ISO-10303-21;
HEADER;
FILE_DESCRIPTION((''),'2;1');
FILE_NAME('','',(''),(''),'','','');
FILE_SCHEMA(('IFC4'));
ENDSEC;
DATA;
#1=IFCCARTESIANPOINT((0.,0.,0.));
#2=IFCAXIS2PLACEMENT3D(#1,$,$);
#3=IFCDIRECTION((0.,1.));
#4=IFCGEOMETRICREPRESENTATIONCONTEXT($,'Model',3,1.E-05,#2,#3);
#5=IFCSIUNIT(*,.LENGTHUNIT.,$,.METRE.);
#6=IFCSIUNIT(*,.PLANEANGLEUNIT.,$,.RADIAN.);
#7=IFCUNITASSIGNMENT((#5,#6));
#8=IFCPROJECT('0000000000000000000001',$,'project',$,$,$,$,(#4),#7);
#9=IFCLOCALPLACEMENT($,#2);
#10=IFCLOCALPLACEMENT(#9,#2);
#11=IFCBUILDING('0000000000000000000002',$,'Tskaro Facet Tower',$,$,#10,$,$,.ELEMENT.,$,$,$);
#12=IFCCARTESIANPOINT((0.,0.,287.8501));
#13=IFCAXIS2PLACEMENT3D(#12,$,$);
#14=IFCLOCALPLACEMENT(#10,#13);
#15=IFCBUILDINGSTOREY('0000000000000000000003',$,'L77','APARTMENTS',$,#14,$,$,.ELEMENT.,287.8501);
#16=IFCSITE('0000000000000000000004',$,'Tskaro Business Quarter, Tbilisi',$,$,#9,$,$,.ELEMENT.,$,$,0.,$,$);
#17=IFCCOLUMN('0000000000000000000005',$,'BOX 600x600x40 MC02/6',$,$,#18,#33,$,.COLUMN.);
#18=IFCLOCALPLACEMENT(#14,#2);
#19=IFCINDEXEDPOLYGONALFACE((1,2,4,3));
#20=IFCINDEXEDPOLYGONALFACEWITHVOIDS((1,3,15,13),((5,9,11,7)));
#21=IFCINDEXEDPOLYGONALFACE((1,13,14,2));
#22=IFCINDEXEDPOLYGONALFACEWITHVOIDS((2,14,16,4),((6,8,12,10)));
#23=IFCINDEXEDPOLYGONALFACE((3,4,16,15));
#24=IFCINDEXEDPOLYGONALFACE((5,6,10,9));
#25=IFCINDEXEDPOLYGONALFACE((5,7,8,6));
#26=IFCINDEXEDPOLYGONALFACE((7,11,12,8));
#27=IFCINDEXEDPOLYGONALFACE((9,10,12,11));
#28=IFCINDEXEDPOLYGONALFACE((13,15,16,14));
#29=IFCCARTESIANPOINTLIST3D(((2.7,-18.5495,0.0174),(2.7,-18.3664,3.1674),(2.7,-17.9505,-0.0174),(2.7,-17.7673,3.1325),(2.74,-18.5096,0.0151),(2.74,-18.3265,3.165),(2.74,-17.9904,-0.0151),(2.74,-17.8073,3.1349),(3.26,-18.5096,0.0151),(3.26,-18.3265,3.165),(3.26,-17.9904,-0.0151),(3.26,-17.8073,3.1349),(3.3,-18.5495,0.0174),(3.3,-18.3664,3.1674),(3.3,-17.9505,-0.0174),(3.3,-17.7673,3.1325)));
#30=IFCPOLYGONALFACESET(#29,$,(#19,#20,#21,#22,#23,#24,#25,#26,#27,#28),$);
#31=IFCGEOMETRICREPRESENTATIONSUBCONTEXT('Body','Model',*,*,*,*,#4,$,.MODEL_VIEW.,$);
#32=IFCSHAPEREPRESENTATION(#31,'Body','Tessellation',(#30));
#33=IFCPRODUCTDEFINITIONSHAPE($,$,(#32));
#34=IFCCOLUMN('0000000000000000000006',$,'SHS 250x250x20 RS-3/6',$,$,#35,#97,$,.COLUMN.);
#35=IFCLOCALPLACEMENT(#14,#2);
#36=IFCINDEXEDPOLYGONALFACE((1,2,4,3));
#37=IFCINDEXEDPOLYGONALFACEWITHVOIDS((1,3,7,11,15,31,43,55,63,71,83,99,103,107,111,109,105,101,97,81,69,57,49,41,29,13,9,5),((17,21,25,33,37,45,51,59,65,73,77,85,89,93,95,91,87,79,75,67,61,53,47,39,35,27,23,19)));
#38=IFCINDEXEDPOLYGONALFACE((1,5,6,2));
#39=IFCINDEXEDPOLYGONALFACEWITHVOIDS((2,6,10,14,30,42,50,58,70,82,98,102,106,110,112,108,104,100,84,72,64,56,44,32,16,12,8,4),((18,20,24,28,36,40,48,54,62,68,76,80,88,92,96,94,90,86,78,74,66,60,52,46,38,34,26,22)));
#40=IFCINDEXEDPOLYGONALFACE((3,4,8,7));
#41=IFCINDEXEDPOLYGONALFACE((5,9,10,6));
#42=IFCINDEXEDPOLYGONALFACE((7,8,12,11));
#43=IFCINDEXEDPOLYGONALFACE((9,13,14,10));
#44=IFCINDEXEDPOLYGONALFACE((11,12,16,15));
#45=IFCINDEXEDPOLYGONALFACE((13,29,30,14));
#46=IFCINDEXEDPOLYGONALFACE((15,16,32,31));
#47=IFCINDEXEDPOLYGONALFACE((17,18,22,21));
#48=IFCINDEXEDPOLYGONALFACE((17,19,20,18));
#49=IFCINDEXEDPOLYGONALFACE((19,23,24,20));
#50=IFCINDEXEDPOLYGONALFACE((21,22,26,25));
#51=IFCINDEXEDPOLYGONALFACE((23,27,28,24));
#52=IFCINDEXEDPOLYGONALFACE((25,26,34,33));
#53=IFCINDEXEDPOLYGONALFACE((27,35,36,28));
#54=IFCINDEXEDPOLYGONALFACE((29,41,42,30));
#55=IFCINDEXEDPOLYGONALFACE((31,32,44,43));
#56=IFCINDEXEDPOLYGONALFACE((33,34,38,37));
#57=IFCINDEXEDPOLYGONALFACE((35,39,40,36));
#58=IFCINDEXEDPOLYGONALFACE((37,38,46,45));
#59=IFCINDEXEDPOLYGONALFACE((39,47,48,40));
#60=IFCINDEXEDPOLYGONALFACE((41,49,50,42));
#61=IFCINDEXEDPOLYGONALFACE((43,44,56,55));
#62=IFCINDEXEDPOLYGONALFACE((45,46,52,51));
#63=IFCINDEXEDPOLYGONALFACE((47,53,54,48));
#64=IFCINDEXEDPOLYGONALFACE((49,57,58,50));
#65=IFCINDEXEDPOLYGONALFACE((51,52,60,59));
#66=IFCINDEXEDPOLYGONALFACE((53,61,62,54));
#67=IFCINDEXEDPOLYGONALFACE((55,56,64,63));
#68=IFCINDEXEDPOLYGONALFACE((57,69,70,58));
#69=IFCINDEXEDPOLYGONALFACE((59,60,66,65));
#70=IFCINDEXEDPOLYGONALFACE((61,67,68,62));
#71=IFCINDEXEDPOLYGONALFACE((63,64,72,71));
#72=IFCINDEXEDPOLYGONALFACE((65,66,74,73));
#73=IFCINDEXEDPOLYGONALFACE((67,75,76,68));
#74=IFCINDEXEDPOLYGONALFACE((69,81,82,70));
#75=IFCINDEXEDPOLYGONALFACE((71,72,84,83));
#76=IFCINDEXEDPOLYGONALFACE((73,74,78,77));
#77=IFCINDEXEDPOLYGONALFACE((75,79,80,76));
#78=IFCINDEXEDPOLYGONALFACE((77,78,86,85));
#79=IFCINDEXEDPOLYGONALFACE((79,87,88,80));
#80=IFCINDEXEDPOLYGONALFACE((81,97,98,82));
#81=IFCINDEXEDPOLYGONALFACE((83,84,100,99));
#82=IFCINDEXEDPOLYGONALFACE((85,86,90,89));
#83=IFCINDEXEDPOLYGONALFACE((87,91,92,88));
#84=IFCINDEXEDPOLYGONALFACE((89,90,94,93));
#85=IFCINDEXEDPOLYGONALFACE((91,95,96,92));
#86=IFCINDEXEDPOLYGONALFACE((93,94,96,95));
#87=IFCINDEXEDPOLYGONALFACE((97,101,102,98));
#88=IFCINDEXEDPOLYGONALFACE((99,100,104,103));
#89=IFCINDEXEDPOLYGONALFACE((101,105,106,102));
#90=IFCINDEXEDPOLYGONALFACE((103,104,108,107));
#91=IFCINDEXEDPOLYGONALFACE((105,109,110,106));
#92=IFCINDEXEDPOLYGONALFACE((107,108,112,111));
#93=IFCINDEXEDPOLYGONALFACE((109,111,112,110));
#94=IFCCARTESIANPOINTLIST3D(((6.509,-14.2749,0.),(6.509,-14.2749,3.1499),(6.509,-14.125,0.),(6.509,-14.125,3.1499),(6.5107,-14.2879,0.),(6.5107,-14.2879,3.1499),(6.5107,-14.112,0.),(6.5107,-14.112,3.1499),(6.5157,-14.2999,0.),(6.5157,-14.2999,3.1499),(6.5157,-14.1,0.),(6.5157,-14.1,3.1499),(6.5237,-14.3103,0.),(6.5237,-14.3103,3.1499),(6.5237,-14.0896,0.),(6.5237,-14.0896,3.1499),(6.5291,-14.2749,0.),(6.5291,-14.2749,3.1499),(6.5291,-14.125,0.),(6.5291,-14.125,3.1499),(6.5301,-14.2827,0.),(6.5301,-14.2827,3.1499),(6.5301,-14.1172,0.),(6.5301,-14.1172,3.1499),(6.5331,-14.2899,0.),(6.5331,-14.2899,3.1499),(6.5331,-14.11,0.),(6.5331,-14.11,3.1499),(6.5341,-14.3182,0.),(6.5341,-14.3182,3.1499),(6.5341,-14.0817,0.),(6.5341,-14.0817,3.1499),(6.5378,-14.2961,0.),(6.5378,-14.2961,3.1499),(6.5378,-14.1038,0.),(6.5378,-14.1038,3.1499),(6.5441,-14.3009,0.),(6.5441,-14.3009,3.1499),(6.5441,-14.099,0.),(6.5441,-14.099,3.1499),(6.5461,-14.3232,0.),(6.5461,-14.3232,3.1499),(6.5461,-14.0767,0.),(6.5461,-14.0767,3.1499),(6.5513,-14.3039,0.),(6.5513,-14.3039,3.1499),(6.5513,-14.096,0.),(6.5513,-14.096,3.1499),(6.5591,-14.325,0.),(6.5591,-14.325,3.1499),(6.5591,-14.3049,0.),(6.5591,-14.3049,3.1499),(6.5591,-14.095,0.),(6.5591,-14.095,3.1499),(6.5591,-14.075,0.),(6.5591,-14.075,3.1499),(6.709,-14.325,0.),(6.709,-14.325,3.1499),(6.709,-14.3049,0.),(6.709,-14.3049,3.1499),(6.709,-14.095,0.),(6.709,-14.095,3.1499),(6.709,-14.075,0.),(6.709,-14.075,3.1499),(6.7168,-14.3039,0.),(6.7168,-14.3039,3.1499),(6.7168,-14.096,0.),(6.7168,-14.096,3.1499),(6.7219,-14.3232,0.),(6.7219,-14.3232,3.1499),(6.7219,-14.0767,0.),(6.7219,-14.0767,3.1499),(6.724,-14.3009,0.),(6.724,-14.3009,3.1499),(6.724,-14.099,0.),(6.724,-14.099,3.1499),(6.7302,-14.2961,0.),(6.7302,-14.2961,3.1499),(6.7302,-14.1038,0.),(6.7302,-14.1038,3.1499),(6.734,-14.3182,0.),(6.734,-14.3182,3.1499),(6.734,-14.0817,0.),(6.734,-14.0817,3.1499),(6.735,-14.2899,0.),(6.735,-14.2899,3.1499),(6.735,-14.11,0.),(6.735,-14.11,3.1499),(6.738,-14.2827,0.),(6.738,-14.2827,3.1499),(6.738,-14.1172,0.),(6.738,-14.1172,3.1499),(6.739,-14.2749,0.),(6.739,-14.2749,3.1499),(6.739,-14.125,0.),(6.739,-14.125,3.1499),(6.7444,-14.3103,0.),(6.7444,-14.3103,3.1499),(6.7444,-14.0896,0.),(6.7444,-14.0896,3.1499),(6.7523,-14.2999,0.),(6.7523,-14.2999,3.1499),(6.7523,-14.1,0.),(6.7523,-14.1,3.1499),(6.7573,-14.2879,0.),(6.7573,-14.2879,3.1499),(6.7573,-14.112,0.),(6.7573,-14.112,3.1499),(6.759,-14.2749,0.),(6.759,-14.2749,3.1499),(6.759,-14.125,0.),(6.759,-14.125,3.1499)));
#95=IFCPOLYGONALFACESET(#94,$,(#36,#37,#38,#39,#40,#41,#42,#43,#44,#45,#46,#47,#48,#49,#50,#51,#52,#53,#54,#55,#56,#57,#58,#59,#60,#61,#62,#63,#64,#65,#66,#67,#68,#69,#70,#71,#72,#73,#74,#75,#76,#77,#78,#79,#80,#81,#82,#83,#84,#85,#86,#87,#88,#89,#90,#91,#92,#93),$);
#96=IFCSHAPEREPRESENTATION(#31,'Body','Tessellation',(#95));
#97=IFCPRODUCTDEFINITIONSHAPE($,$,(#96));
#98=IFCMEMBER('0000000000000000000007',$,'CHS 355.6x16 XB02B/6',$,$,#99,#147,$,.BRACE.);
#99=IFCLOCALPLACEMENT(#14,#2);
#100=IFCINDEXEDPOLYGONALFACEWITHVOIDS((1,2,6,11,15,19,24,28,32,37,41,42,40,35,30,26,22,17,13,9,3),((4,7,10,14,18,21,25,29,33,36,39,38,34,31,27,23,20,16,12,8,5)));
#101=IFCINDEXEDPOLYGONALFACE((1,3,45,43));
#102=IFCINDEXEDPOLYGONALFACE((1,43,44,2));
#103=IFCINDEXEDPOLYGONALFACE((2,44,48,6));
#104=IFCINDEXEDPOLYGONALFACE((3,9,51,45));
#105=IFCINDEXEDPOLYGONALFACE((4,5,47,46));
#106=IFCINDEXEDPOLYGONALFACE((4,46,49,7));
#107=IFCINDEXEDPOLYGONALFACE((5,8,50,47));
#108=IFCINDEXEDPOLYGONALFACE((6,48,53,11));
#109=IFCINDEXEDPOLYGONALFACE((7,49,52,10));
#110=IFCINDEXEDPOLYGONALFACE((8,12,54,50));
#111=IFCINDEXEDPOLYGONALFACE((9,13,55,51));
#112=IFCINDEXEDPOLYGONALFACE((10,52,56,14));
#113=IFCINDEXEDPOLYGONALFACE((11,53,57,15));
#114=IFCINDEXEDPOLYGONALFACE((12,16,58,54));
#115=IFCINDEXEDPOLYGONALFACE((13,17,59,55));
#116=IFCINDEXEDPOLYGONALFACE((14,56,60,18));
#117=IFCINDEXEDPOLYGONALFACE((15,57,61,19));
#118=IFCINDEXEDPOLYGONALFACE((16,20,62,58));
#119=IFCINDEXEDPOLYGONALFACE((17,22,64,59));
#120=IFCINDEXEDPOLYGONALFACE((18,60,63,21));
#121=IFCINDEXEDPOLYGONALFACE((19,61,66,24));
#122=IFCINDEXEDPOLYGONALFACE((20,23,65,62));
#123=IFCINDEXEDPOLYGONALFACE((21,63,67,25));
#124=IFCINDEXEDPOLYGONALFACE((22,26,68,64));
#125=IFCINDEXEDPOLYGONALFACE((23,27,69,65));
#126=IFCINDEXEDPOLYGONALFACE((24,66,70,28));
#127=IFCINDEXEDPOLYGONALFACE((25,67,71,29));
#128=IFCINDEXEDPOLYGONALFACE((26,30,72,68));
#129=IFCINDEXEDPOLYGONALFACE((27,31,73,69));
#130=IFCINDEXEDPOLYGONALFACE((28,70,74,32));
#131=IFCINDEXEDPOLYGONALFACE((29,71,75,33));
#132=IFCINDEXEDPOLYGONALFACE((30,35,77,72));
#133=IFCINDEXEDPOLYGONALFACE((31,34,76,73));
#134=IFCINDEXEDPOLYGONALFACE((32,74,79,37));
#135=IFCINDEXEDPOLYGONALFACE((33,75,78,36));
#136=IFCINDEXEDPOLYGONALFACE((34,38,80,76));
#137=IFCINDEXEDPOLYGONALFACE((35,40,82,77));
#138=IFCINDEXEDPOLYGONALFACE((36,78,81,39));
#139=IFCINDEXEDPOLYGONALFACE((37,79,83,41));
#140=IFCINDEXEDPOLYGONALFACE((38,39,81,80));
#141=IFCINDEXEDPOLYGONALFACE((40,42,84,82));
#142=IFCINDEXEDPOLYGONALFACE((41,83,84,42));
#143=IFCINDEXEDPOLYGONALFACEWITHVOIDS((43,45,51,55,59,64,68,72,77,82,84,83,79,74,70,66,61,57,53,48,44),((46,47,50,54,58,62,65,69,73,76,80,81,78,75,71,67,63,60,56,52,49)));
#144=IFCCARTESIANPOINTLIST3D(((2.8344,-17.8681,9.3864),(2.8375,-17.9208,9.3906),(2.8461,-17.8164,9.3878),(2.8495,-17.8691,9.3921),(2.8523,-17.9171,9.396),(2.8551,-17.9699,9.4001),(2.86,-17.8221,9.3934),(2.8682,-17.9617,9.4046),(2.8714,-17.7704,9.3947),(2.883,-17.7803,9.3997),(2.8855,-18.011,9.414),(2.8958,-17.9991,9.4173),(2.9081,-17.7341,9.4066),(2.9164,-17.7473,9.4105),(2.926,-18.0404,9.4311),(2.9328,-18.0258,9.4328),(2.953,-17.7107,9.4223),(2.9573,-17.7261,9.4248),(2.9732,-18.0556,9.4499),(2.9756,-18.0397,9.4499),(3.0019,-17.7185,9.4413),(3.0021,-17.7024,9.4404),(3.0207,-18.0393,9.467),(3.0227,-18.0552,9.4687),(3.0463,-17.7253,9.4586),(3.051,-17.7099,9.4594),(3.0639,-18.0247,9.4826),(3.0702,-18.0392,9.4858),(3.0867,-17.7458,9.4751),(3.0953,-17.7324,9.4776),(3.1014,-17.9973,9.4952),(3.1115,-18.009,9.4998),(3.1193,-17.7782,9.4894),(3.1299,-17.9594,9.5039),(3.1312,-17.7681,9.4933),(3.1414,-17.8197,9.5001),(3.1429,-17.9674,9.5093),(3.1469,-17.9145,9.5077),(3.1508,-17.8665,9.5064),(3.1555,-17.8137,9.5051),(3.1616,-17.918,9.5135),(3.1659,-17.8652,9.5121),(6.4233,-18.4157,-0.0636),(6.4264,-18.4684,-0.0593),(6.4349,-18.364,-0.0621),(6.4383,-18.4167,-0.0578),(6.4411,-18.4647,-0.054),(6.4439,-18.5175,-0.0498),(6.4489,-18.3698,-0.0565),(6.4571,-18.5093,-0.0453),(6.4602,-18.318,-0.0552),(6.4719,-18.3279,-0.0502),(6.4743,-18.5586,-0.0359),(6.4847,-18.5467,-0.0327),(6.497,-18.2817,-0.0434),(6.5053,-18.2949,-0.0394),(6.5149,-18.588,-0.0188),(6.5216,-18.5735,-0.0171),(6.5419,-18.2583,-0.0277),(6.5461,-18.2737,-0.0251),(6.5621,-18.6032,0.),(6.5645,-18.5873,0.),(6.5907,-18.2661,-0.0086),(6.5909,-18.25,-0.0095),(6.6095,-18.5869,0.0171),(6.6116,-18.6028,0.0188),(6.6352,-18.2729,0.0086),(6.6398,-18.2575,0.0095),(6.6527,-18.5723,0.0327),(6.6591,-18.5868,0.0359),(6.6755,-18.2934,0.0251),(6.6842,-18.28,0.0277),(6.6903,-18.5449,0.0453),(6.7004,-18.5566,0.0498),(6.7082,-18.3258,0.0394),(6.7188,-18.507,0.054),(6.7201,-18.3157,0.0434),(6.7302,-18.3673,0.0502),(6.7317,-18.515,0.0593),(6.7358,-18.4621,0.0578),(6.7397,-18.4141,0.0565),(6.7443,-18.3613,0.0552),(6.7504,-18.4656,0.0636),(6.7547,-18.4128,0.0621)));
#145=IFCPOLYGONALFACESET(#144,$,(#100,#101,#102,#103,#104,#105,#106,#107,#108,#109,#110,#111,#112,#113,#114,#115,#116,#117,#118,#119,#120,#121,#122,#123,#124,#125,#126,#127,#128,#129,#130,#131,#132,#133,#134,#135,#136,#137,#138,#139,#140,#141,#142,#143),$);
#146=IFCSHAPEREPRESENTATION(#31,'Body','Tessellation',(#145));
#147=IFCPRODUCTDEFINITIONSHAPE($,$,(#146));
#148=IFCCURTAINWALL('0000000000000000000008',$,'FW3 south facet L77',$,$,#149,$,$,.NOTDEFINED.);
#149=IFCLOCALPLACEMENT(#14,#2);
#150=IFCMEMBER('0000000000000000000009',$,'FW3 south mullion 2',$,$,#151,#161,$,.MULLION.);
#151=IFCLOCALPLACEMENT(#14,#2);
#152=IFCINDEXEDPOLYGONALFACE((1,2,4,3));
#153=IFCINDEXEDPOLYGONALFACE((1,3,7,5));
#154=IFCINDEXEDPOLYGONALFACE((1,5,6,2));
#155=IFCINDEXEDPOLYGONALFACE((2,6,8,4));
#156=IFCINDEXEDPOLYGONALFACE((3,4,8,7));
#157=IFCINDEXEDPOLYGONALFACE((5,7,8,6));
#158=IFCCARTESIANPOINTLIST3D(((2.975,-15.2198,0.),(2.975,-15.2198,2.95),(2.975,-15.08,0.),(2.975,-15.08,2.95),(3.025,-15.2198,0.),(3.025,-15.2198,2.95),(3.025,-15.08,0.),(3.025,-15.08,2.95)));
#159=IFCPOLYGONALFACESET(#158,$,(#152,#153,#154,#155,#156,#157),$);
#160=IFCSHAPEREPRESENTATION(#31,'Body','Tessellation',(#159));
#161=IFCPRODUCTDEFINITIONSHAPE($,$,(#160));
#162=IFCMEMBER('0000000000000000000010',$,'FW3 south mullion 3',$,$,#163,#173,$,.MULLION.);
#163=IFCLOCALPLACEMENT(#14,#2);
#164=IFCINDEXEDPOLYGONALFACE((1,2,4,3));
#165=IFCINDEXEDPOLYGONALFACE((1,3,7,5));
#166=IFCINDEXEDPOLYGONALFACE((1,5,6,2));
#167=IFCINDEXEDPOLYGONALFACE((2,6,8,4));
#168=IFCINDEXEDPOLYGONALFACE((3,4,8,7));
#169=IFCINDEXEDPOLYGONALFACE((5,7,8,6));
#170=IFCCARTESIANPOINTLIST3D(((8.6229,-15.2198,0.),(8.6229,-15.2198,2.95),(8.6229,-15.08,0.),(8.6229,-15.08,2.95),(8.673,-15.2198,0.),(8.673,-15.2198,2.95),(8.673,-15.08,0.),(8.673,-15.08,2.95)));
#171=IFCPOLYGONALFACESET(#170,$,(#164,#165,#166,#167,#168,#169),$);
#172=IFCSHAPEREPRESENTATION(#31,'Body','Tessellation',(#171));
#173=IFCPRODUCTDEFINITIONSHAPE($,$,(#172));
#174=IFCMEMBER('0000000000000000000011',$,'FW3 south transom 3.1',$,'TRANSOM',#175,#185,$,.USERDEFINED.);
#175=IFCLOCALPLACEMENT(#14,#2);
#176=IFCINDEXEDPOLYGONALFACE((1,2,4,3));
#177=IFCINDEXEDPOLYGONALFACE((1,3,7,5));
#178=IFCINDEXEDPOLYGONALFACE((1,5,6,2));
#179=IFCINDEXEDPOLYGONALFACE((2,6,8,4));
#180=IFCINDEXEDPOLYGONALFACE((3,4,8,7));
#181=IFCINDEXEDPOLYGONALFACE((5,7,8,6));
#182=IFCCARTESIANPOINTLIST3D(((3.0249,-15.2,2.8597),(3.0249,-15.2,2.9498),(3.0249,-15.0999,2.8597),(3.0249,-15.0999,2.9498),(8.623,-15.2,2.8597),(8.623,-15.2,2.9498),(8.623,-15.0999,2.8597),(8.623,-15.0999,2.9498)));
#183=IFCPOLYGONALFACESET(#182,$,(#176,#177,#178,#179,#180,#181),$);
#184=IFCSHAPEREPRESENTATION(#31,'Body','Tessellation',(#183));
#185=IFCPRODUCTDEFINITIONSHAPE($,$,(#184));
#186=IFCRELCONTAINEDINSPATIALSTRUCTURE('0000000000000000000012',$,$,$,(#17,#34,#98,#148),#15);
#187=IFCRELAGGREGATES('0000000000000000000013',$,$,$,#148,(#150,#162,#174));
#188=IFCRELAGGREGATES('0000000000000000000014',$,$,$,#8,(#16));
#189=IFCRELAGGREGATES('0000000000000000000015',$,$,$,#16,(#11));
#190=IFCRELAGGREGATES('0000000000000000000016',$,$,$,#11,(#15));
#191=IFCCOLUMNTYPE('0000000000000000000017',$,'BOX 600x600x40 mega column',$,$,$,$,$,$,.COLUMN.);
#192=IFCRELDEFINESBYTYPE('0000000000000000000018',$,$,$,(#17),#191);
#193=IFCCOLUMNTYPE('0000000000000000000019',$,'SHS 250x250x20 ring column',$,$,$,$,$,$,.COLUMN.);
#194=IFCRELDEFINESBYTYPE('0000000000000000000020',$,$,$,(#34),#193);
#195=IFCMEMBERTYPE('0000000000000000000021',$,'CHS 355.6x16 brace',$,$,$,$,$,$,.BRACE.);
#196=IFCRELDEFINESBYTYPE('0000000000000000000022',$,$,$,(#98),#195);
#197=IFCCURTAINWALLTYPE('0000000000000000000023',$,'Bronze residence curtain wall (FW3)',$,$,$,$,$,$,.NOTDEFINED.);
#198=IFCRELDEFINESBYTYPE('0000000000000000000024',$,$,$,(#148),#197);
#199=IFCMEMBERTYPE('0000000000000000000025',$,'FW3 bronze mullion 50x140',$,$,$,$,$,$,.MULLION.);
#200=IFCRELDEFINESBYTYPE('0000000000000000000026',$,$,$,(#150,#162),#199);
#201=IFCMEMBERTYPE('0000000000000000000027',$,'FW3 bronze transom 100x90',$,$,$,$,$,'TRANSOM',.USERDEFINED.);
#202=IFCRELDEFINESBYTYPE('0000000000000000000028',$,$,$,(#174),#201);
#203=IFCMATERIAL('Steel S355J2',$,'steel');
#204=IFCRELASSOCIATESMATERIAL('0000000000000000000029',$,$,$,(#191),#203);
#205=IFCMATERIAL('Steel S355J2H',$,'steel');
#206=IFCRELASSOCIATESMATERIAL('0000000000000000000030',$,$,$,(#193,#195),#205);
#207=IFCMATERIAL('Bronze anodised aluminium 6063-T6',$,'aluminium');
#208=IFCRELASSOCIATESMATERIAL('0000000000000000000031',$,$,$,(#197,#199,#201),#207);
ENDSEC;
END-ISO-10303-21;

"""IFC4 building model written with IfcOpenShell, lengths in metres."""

from ifc_helpers import new_model, si_unit, direction, frame, origin, origin_2d, place, context, subcontext, project, spatial, rectangle, hollow_rectangle, hollow_circle, extrude, material, material_profile, profile_set, type_object, element, aggregate, save


model = new_model("IFC4")

# Units and contexts
model_context = context("Model", 3, precision=1e-05, world=origin(), true_north=direction((0.0, 1.0)))
body_context = subcontext(model_context, "Body", "Model", "MODEL_VIEW")
ifc_project = project(units=[si_unit("LENGTHUNIT", "METRE"), si_unit("PLANEANGLEUNIT", "RADIAN")], contexts=[model_context])

# Site, building, storey
site_placement = place(None, origin())
site = spatial("IfcSite", under=ifc_project, at=site_placement, Name="Tskaro Business Quarter, Tbilisi", CompositionType="ELEMENT", RefElevation=0.0)
building_placement = place(site_placement, origin())
building = spatial("IfcBuilding", under=site, at=building_placement, Name="Tskaro Facet Tower", CompositionType="ELEMENT")
storey_placement = place(building_placement, frame((0.0, 0.0, 287.8501)))
storey = spatial("IfcBuildingStorey", under=building, at=storey_placement, Name="L77", Description="APARTMENTS", CompositionType="ELEMENT", Elevation=287.8501)

# Columns
ifc_material_1 = material(Name="Steel S355J2", Category="steel")
ifc_material_profile_1 = material_profile(ifc_material_1, hollow_rectangle(XDim=0.6001, YDim=0.6001, WallThickness=0.04, at=origin_2d()), Name="BOX 600x600x40")
ifc_profile_set_1 = profile_set([ifc_material_profile_1], Name="Steel S355J2")
column_type_1 = type_object("IfcColumnType", Name="BOX 600x600x40 mega column", PredefinedType="COLUMN", material=ifc_profile_set_1)
column_1_placement = place(storey_placement, frame((3.0, -18.25, 0.0), z_axis=(0.0, 0.058033, 0.998315), x_axis=(-1.0, 0.0, 0.0)))
element("IfcColumn", 1, at=column_1_placement, inside=storey, type_object=column_type_1, Name="BOX 600x600x40 MC02/6", PredefinedType="COLUMN", context=body_context, shape_type="SweptSolid", body=[
    extrude(hollow_rectangle(XDim=0.6001, YDim=0.6001, WallThickness=0.04, at=origin_2d()), origin(), (0.0, 0.0, 1.0), 3.1553),
])
ifc_material_2 = material(Name="Steel S355J2H", Category="steel")
ifc_material_profile_2 = material_profile(ifc_material_2, hollow_rectangle(XDim=0.25, YDim=0.25, WallThickness=0.02, InnerFilletRadius=0.03, OuterFilletRadius=0.05, at=origin_2d()), Name="SHS 250x250x20")
ifc_profile_set_2 = profile_set([ifc_material_profile_2], Name="Steel S355J2H")
column_type_2 = type_object("IfcColumnType", Name="SHS 250x250x20 ring column", PredefinedType="COLUMN", material=ifc_profile_set_2)
column_2_placement = place(storey_placement, frame((6.634, -14.2, 0.0), z_axis=(0.0, 0.0, 1.0), x_axis=(1.0, 0.0, 0.0)))
element("IfcColumn", 2, at=column_2_placement, inside=storey, type_object=column_type_2, Name="SHS 250x250x20 RS-3/6", PredefinedType="COLUMN", context=body_context, shape_type="SweptSolid", body=[
    extrude(hollow_rectangle(XDim=0.25, YDim=0.25, WallThickness=0.02, InnerFilletRadius=0.03, OuterFilletRadius=0.05, at=origin_2d()), origin(), (0.0, 0.0, 1.0), 3.1499),
])

# Member
ifc_material_profile_3 = material_profile(ifc_material_2, hollow_circle(Radius=0.1777, WallThickness=0.0161, at=origin_2d()), Name="CHS 355.6x16")
ifc_profile_set_3 = profile_set([ifc_material_profile_3], Name="Steel S355J2H")
member_type_1 = type_object("IfcMemberType", Name="CHS 355.6x16 brace", PredefinedType="BRACE", material=ifc_profile_set_3)
member_1_placement = place(storey_placement, frame((6.5889, -18.4275, 0.0), z_axis=(-0.354515, 0.054094, 0.933484), x_axis=(-0.150839, -0.988558, 0.0)))
element("IfcMember", 3, at=member_1_placement, inside=storey, type_object=member_type_1, Name="CHS 355.6x16 XB02B/6", PredefinedType="BRACE", context=body_context, shape_type="SweptSolid", body=[
    extrude(hollow_circle(Radius=0.1777, WallThickness=0.0161, at=origin_2d()), origin(), (0.0, 0.0, 1.0), 10.1233),
])

# Curtain wall, members
ifc_material_3 = material(Name="Bronze anodised aluminium 6063-T6", Category="aluminium")
curtain_wall_type = type_object("IfcCurtainWallType", Name="Bronze residence curtain wall (FW3)", PredefinedType="NOTDEFINED", material=ifc_material_3)
curtain_wall_placement = place(storey_placement, origin())
curtain_wall = element("IfcCurtainWall", 4, at=curtain_wall_placement, inside=storey, type_object=curtain_wall_type, Name="FW3 south facet L77", PredefinedType="NOTDEFINED")
ifc_material_profile_4 = material_profile(ifc_material_3, rectangle(XDim=0.05, YDim=0.1399, at=origin_2d()), Name="Mullion 50x140")
ifc_profile_set_4 = profile_set([ifc_material_profile_4], Name="Bronze anodised aluminium 6063-T6")
member_type_2 = type_object("IfcMemberType", Name="FW3 bronze mullion 50x140", PredefinedType="MULLION", material=ifc_profile_set_4)
member_2_placement = place(storey_placement, frame((3.0, -15.1499, 0.0), z_axis=(0.0, 0.0, 1.0), x_axis=(1.0, 0.0, 0.0)))
member_2 = element("IfcMember", 5, at=member_2_placement, type_object=member_type_2, Name="FW3 south mullion 2", PredefinedType="MULLION", context=body_context, shape_type="SweptSolid", body=[
    extrude(rectangle(XDim=0.05, YDim=0.1399, at=origin_2d()), origin(), (0.0, 0.0, 1.0), 2.95),
])
member_3_placement = place(storey_placement, frame((8.6479, -15.1499, 0.0), z_axis=(0.0, 0.0, 1.0), x_axis=(1.0, 0.0, 0.0)))
member_3 = element("IfcMember", 6, at=member_3_placement, type_object=member_type_2, Name="FW3 south mullion 3", PredefinedType="MULLION", context=body_context, shape_type="SweptSolid", body=[
    extrude(rectangle(XDim=0.05, YDim=0.1399, at=origin_2d()), origin(), (0.0, 0.0, 1.0), 2.95),
])
ifc_material_profile_5 = material_profile(ifc_material_3, rectangle(XDim=0.1001, YDim=0.0901, at=origin_2d()), Name="Transom 100x90")
ifc_profile_set_5 = profile_set([ifc_material_profile_5], Name="Bronze anodised aluminium 6063-T6")
member_type_3 = type_object("IfcMemberType", Name="FW3 bronze transom 100x90", ElementType="TRANSOM", PredefinedType="USERDEFINED", material=ifc_profile_set_5)
member_4_placement = place(storey_placement, frame((3.0249, -15.1499, 2.9048), z_axis=(1.0, 0.0, 0.0), x_axis=(0.0, 1.0, 0.0)))
member_4 = element("IfcMember", 7, at=member_4_placement, type_object=member_type_3, Name="FW3 south transom 3.1", ObjectType="TRANSOM", PredefinedType="USERDEFINED", context=body_context, shape_type="SweptSolid", body=[
    extrude(rectangle(XDim=0.1001, YDim=0.0901, at=origin_2d()), origin(), (0.0, 0.0, 1.0), 5.5981),
])

aggregate(curtain_wall, [member_2, member_3, member_4])

save(model, "model.ifc")
